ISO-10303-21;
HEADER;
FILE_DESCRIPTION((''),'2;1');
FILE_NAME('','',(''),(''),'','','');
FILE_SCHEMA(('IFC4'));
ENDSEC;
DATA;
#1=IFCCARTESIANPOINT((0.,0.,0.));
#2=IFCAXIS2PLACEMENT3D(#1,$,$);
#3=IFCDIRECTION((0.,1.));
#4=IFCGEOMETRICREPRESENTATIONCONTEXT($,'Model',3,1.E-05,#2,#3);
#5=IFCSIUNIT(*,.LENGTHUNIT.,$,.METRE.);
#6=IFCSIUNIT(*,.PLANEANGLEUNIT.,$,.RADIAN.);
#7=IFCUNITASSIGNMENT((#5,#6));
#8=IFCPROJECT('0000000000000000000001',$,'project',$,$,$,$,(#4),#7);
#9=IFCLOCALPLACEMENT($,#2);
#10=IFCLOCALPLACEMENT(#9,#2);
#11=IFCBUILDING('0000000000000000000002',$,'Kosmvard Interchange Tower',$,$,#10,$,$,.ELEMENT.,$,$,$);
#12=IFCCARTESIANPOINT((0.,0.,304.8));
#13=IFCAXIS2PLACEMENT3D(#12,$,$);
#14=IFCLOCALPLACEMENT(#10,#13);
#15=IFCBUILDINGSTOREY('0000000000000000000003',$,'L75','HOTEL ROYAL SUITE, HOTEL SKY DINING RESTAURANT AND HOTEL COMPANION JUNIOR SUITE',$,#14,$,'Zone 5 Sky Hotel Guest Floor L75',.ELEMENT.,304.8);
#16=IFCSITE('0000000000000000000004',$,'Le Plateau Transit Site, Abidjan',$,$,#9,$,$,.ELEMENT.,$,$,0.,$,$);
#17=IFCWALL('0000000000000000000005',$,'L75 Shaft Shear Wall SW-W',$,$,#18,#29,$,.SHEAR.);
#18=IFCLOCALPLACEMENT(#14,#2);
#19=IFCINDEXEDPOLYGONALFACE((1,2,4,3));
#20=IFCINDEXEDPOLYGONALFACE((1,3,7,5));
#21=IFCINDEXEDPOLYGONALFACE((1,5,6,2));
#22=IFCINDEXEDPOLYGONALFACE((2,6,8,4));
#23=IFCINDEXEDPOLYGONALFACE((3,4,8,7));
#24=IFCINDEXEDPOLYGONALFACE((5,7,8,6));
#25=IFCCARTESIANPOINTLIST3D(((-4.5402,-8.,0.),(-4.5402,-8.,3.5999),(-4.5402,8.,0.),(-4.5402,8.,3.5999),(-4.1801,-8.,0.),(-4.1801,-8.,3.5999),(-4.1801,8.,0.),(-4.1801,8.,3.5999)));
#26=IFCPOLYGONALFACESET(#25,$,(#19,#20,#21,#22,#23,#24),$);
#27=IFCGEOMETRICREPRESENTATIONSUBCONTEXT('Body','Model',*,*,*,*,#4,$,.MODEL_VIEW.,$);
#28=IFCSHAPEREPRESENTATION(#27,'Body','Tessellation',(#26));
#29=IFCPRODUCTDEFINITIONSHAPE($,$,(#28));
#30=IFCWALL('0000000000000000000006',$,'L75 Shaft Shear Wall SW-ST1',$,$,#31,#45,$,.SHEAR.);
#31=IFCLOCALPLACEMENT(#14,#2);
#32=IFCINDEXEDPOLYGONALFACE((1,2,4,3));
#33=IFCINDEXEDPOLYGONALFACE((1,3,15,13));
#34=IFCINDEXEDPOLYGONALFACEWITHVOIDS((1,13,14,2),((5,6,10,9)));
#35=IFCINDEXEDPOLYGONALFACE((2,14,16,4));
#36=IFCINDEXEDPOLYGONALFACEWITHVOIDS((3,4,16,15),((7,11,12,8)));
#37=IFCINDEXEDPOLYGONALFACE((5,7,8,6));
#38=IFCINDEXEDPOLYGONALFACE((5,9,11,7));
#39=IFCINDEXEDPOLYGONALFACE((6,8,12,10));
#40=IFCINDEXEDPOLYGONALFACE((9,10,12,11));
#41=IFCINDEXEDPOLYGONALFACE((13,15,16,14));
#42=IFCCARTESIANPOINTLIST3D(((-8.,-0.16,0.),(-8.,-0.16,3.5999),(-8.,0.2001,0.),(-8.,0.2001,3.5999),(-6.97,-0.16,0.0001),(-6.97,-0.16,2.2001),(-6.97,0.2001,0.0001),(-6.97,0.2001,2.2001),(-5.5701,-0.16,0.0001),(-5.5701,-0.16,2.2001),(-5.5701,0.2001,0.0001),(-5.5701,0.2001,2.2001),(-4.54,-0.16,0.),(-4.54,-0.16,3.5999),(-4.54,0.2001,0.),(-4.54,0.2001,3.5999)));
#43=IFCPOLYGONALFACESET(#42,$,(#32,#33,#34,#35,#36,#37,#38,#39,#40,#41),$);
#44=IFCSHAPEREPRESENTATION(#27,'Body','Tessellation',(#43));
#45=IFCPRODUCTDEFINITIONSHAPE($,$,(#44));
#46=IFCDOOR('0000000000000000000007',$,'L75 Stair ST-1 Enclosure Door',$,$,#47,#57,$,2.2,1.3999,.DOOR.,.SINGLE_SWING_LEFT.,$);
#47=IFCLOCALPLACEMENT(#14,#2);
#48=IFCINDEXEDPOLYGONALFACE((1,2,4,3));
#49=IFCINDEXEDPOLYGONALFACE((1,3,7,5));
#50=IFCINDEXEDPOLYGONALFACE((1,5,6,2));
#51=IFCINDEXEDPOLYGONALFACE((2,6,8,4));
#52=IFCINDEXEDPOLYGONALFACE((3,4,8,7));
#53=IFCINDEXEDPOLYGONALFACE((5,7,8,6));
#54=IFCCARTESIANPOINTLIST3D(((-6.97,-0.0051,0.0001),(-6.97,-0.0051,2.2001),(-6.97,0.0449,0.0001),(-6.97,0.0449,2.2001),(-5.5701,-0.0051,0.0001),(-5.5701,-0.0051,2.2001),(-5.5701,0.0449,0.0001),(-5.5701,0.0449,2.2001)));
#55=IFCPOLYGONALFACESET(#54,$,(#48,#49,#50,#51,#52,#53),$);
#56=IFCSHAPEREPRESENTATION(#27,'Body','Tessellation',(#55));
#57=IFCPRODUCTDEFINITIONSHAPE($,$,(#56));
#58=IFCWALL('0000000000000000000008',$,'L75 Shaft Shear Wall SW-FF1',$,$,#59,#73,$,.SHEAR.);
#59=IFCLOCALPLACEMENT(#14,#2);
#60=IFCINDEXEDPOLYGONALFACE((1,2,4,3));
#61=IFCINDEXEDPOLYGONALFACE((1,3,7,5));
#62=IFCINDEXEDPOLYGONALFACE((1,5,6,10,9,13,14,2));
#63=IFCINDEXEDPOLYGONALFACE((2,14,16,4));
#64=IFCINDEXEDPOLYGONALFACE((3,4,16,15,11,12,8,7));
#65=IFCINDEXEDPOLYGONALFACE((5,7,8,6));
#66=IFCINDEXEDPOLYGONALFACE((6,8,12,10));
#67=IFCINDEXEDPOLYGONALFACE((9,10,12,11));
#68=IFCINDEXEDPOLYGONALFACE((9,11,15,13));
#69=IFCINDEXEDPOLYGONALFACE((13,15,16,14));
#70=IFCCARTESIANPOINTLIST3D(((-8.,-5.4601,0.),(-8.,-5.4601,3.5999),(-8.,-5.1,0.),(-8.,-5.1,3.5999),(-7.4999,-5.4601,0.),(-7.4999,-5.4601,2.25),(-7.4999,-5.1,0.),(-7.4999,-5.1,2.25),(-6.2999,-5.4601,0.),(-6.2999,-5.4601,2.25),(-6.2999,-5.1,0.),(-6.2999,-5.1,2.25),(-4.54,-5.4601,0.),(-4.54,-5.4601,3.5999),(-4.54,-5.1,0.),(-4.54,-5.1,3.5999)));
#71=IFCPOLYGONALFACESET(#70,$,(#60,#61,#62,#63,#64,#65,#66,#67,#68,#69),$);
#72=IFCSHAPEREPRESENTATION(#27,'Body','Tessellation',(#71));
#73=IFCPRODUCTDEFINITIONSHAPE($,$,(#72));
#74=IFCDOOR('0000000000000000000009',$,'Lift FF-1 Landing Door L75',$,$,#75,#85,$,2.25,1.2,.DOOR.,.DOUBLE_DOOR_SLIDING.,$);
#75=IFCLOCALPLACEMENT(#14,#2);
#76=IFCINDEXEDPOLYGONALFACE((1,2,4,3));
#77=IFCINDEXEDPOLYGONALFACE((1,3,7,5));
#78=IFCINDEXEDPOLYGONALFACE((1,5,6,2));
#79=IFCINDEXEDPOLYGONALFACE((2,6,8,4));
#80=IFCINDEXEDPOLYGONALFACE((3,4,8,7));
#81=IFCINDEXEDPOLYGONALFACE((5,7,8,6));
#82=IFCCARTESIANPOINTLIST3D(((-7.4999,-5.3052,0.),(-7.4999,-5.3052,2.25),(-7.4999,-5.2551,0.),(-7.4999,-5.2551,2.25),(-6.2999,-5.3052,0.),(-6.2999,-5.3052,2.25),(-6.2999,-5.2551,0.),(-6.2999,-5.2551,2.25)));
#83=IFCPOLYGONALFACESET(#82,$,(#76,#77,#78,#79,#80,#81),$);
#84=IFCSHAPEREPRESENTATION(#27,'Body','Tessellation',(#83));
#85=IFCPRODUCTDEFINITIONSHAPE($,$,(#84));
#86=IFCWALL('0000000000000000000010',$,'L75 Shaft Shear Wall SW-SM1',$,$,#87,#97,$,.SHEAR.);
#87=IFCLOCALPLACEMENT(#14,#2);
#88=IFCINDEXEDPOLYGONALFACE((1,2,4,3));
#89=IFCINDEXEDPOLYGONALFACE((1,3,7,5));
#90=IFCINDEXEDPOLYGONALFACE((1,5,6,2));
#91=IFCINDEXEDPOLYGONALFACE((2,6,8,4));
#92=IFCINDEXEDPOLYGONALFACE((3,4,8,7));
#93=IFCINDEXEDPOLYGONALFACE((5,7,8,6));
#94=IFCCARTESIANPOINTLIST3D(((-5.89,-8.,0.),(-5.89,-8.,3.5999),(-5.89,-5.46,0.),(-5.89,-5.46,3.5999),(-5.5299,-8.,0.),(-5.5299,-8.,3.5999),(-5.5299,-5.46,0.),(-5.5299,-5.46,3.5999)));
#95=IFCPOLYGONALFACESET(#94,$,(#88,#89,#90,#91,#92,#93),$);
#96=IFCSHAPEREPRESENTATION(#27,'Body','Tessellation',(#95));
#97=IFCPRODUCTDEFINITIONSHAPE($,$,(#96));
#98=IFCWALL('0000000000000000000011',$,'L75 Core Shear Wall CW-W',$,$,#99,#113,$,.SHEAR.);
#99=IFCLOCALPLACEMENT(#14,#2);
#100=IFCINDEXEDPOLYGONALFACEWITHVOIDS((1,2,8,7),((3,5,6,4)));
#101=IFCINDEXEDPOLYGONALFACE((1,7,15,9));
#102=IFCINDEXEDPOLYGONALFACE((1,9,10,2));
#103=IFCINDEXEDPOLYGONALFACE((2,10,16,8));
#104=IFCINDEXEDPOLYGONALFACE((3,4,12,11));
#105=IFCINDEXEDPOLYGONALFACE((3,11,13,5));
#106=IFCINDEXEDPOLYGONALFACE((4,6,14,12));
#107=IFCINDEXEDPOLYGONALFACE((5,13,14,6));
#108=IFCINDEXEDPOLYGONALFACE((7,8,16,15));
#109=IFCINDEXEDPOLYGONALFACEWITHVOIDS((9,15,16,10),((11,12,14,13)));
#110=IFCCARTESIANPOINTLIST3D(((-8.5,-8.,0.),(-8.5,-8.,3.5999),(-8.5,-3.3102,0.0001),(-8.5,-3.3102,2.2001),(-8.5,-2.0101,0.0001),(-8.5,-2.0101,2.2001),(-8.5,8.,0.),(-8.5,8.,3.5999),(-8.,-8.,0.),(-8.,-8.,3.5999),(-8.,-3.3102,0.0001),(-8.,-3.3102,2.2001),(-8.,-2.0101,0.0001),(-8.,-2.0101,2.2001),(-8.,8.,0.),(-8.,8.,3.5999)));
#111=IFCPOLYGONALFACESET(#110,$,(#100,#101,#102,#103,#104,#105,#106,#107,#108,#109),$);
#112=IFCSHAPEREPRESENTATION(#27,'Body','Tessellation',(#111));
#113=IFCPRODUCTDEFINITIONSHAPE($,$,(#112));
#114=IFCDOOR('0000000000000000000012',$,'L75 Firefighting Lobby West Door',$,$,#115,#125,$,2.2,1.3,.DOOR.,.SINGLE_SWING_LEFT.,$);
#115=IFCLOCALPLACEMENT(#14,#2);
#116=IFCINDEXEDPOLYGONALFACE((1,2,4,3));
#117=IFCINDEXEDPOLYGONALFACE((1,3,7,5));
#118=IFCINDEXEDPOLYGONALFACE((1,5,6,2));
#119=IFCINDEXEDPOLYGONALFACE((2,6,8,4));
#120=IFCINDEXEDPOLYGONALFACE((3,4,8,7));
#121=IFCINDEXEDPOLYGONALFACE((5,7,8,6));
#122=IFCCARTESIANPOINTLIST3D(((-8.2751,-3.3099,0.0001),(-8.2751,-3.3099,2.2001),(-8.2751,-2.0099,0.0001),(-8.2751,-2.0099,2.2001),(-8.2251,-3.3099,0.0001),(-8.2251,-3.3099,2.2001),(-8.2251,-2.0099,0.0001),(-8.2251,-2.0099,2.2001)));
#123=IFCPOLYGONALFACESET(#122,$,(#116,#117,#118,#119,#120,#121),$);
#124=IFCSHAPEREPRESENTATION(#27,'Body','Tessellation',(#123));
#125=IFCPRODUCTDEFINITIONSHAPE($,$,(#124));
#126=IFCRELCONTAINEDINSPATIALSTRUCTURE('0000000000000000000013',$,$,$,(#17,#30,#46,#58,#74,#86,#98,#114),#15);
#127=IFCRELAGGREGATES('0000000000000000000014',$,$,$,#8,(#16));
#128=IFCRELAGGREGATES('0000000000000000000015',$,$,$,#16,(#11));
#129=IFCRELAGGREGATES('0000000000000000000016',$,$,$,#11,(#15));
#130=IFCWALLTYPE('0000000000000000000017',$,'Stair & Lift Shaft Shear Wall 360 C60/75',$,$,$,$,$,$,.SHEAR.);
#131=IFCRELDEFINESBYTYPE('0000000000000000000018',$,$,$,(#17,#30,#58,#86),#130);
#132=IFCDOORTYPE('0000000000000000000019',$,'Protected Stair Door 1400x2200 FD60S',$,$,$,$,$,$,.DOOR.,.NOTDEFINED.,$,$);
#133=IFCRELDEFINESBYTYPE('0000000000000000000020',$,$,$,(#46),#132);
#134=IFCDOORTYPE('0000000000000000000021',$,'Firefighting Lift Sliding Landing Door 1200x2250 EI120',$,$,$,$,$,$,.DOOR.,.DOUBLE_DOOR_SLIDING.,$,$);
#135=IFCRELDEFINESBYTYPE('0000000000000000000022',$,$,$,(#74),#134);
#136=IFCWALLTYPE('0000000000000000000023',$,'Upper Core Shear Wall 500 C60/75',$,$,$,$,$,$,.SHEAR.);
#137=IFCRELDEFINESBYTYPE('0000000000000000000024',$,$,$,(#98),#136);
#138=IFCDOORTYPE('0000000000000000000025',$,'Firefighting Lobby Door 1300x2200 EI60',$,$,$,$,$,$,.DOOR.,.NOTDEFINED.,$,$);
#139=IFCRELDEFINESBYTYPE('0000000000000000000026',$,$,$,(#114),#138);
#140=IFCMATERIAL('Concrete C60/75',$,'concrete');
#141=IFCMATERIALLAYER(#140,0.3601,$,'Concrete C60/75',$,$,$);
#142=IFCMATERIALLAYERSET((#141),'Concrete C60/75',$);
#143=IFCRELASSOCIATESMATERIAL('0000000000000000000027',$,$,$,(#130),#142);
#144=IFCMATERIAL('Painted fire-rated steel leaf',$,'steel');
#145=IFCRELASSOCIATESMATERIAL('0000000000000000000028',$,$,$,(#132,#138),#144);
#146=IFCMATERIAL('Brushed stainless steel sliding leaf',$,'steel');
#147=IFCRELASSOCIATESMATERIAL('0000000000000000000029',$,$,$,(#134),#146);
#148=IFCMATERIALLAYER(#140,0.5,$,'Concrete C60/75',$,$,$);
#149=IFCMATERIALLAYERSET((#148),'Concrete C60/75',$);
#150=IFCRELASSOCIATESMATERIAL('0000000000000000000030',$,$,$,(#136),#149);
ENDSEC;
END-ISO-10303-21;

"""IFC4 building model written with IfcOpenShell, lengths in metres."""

from ifc_helpers import new_model, si_unit, direction, frame, frame_2d, origin, place, context, subcontext, project, spatial, rectangle, extrude, source, transform, mapped, material, layer, layer_set, type_object, element, fill, save


model = new_model("IFC4")

# Units and contexts
model_context = context("Model", 3, precision=1e-05, world=origin(), true_north=direction((0.0, 1.0)))
body_context = subcontext(model_context, "Body", "Model", "MODEL_VIEW")
ifc_project = project(units=[si_unit("LENGTHUNIT", "METRE"), si_unit("PLANEANGLEUNIT", "RADIAN")], contexts=[model_context])

# Site, building, storey
site_placement = place(None, origin())
site = spatial("IfcSite", under=ifc_project, at=site_placement, Name="Le Plateau Transit Site, Abidjan", CompositionType="ELEMENT", RefElevation=0.0)
building_placement = place(site_placement, origin())
building = spatial("IfcBuilding", under=site, at=building_placement, Name="Kosmvard Interchange Tower", CompositionType="ELEMENT")
storey_placement = place(building_placement, frame((0.0, 0.0, 304.8)))
storey = spatial("IfcBuildingStorey", under=building, at=storey_placement, Name="L75", Description="HOTEL ROYAL SUITE, HOTEL SKY DINING RESTAURANT AND HOTEL COMPANION JUNIOR SUITE", LongName="Zone 5 Sky Hotel Guest Floor L75", CompositionType="ELEMENT", Elevation=304.8)

# Shared definitions
ifc_material_1 = material(Name="Painted fire-rated steel leaf", Category="steel")
ifc_material_2 = material(Name="Brushed stainless steel sliding leaf", Category="steel")

# Wall
ifc_material_3 = material(Name="Concrete C60/75", Category="concrete")
ifc_layer_1 = layer(ifc_material_3, 0.3601, Name="Concrete C60/75")
ifc_layer_set_1 = layer_set([ifc_layer_1], Name="Concrete C60/75")
wall_type_1 = type_object("IfcWallType", Name="Stair & Lift Shaft Shear Wall 360 C60/75", PredefinedType="SHEAR", material=ifc_layer_set_1)
wall_1_placement = place(storey_placement, frame((-4.3601, -8.0, 0.0), z_axis=(0.0, 0.0, 1.0), x_axis=(0.0, 1.0, 0.0)))
element("IfcWall", 1, at=wall_1_placement, inside=storey, type_object=wall_type_1, Name="L75 Shaft Shear Wall SW-W", PredefinedType="SHEAR", context=body_context, shape_type="SweptSolid", body=[
    extrude(rectangle(XDim=16.0, YDim=0.3601, at=frame_2d((8.0, 0.0))), origin(), (0.0, 0.0, 1.0), 3.5999),
])

# Walls, openings, doors
wall_2_placement = place(storey_placement, frame((-8.0, 0.02, 0.0), z_axis=(0.0, 0.0, 1.0), x_axis=(1.0, 0.0, 0.0)))
wall_2 = element("IfcWall", 2, at=wall_2_placement, inside=storey, type_object=wall_type_1, Name="L75 Shaft Shear Wall SW-ST1", PredefinedType="SHEAR", context=body_context, shape_type="SweptSolid", body=[
    extrude(rectangle(XDim=3.46, YDim=0.3601, at=frame_2d((1.73, 0.0))), origin(), (0.0, 0.0, 1.0), 3.5999),
])
opening_1_placement = place(wall_2_placement, frame((1.03, 0.0, 0.0)))
opening_1 = element("IfcOpeningElement", 3, at=opening_1_placement, cuts=wall_2, PredefinedType="OPENING", context=body_context, shape_type="SweptSolid", body=[
    extrude(rectangle(XDim=1.3999, YDim=2.2, at=frame_2d((0.7, 1.1001))), frame((0.0, 0.1899, 0.0), z_axis=(0.0, -1.0, 0.0), x_axis=(1.0, 0.0, 0.0)), (0.0, 0.0, 1.0), 0.3801),
])
door_type_1 = type_object("IfcDoorType", Name="Protected Stair Door 1400x2200 FD60S", OperationType="NOTDEFINED", PredefinedType="DOOR", material=ifc_material_1)
shared_shape_1 = source(origin(), body_context, "Body", "SweptSolid", [
    extrude(rectangle(XDim=1.3999, YDim=2.2, at=frame_2d((0.7, 1.1001))), frame((0.0, 0.0249, 0.0), z_axis=(0.0, -1.0, 0.0), x_axis=(1.0, 0.0, 0.0)), (0.0, 0.0, 1.0), 0.05),
])
door_1_placement = place(opening_1_placement, origin())
door_1 = element("IfcDoor", 4, at=door_1_placement, inside=storey, type_object=door_type_1, Name="L75 Stair ST-1 Enclosure Door", OperationType="SINGLE_SWING_LEFT", OverallHeight=2.2, OverallWidth=1.3999, PredefinedType="DOOR", context=body_context, shape_type="MappedRepresentation", body=[
    mapped(shared_shape_1, transform((0.0, 0.0, 0.0), scale=1.0)),
])
fill(opening_1, door_1)
wall_3_placement = place(storey_placement, frame((-8.0, -5.28, 0.0), z_axis=(0.0, 0.0, 1.0), x_axis=(1.0, 0.0, 0.0)))
wall_3 = element("IfcWall", 5, at=wall_3_placement, inside=storey, type_object=wall_type_1, Name="L75 Shaft Shear Wall SW-FF1", PredefinedType="SHEAR", context=body_context, shape_type="SweptSolid", body=[
    extrude(rectangle(XDim=3.46, YDim=0.3601, at=frame_2d((1.73, 0.0))), origin(), (0.0, 0.0, 1.0), 3.5999),
])
opening_2_placement = place(wall_3_placement, frame((0.5, 0.0, 0.0)))
opening_2 = element("IfcOpeningElement", 6, at=opening_2_placement, cuts=wall_3, PredefinedType="OPENING", context=body_context, shape_type="SweptSolid", body=[
    extrude(rectangle(XDim=1.2, YDim=2.25, at=frame_2d((0.6001, 1.125))), frame((0.0, 0.1899, 0.0), z_axis=(0.0, -1.0, 0.0), x_axis=(1.0, 0.0, 0.0)), (0.0, 0.0, 1.0), 0.3801),
])
door_type_2 = type_object("IfcDoorType", Name="Firefighting Lift Sliding Landing Door 1200x2250 EI120", OperationType="DOUBLE_DOOR_SLIDING", PredefinedType="DOOR", material=ifc_material_2)
shared_shape_2 = source(origin(), body_context, "Body", "SweptSolid", [
    extrude(rectangle(XDim=1.2, YDim=2.25, at=frame_2d((0.6001, 1.125))), frame((0.0, 0.0249, 0.0), z_axis=(0.0, -1.0, 0.0), x_axis=(1.0, 0.0, 0.0)), (0.0, 0.0, 1.0), 0.05),
])
door_2_placement = place(opening_2_placement, origin())
door_2 = element("IfcDoor", 7, at=door_2_placement, inside=storey, type_object=door_type_2, Name="Lift FF-1 Landing Door L75", OperationType="DOUBLE_DOOR_SLIDING", OverallHeight=2.25, OverallWidth=1.2, PredefinedType="DOOR", context=body_context, shape_type="MappedRepresentation", body=[
    mapped(shared_shape_2, transform((0.0, 0.0, 0.0), scale=1.0)),
])
fill(opening_2, door_2)

# Wall
wall_4_placement = place(storey_placement, frame((-5.71, -8.0, 0.0), z_axis=(0.0, 0.0, 1.0), x_axis=(0.0, 1.0, 0.0)))
element("IfcWall", 8, at=wall_4_placement, inside=storey, type_object=wall_type_1, Name="L75 Shaft Shear Wall SW-SM1", PredefinedType="SHEAR", context=body_context, shape_type="SweptSolid", body=[
    extrude(rectangle(XDim=2.54, YDim=0.3601, at=frame_2d((1.27, 0.0))), origin(), (0.0, 0.0, 1.0), 3.5999),
])

# Wall, opening, door
ifc_layer_2 = layer(ifc_material_3, 0.5, Name="Concrete C60/75")
ifc_layer_set_2 = layer_set([ifc_layer_2], Name="Concrete C60/75")
wall_type_2 = type_object("IfcWallType", Name="Upper Core Shear Wall 500 C60/75", PredefinedType="SHEAR", material=ifc_layer_set_2)
wall_5_placement = place(storey_placement, frame((-8.25, -8.0, 0.0), z_axis=(0.0, 0.0, 1.0), x_axis=(0.0, 1.0, 0.0)))
wall_5 = element("IfcWall", 9, at=wall_5_placement, inside=storey, type_object=wall_type_2, Name="L75 Core Shear Wall CW-W", PredefinedType="SHEAR", context=body_context, shape_type="SweptSolid", body=[
    extrude(rectangle(XDim=16.0, YDim=0.5, at=frame_2d((8.0, 0.0))), origin(), (0.0, 0.0, 1.0), 3.5999),
])
opening_3_placement = place(wall_5_placement, frame((4.6899, 0.0, 0.0)))
opening_3 = element("IfcOpeningElement", 10, at=opening_3_placement, cuts=wall_5, PredefinedType="OPENING", context=body_context, shape_type="SweptSolid", body=[
    extrude(rectangle(XDim=1.3, YDim=2.2, at=frame_2d((0.6499, 1.1001))), frame((0.0, 0.26, 0.0), z_axis=(0.0, -1.0, 0.0), x_axis=(1.0, 0.0, 0.0)), (0.0, 0.0, 1.0), 0.52),
])
door_type_3 = type_object("IfcDoorType", Name="Firefighting Lobby Door 1300x2200 EI60", OperationType="NOTDEFINED", PredefinedType="DOOR", material=ifc_material_1)
shared_shape_3 = source(origin(), body_context, "Body", "SweptSolid", [
    extrude(rectangle(XDim=1.3, YDim=2.2, at=frame_2d((0.6499, 1.1001))), frame((0.0, 0.0249, 0.0), z_axis=(0.0, -1.0, 0.0), x_axis=(1.0, 0.0, 0.0)), (0.0, 0.0, 1.0), 0.05),
])
door_3_placement = place(opening_3_placement, frame((1.3, 0.0, 0.0), z_axis=(0.0, 0.0, 1.0), x_axis=(-1.0, 0.0, 0.0)))
door_3 = element("IfcDoor", 11, at=door_3_placement, inside=storey, type_object=door_type_3, Name="L75 Firefighting Lobby West Door", OperationType="SINGLE_SWING_LEFT", OverallHeight=2.2, OverallWidth=1.3, PredefinedType="DOOR", context=body_context, shape_type="MappedRepresentation", body=[
    mapped(shared_shape_3, transform((0.0, 0.0, 0.0), scale=1.0)),
])
fill(opening_3, door_3)

save(model, "model.ifc")
